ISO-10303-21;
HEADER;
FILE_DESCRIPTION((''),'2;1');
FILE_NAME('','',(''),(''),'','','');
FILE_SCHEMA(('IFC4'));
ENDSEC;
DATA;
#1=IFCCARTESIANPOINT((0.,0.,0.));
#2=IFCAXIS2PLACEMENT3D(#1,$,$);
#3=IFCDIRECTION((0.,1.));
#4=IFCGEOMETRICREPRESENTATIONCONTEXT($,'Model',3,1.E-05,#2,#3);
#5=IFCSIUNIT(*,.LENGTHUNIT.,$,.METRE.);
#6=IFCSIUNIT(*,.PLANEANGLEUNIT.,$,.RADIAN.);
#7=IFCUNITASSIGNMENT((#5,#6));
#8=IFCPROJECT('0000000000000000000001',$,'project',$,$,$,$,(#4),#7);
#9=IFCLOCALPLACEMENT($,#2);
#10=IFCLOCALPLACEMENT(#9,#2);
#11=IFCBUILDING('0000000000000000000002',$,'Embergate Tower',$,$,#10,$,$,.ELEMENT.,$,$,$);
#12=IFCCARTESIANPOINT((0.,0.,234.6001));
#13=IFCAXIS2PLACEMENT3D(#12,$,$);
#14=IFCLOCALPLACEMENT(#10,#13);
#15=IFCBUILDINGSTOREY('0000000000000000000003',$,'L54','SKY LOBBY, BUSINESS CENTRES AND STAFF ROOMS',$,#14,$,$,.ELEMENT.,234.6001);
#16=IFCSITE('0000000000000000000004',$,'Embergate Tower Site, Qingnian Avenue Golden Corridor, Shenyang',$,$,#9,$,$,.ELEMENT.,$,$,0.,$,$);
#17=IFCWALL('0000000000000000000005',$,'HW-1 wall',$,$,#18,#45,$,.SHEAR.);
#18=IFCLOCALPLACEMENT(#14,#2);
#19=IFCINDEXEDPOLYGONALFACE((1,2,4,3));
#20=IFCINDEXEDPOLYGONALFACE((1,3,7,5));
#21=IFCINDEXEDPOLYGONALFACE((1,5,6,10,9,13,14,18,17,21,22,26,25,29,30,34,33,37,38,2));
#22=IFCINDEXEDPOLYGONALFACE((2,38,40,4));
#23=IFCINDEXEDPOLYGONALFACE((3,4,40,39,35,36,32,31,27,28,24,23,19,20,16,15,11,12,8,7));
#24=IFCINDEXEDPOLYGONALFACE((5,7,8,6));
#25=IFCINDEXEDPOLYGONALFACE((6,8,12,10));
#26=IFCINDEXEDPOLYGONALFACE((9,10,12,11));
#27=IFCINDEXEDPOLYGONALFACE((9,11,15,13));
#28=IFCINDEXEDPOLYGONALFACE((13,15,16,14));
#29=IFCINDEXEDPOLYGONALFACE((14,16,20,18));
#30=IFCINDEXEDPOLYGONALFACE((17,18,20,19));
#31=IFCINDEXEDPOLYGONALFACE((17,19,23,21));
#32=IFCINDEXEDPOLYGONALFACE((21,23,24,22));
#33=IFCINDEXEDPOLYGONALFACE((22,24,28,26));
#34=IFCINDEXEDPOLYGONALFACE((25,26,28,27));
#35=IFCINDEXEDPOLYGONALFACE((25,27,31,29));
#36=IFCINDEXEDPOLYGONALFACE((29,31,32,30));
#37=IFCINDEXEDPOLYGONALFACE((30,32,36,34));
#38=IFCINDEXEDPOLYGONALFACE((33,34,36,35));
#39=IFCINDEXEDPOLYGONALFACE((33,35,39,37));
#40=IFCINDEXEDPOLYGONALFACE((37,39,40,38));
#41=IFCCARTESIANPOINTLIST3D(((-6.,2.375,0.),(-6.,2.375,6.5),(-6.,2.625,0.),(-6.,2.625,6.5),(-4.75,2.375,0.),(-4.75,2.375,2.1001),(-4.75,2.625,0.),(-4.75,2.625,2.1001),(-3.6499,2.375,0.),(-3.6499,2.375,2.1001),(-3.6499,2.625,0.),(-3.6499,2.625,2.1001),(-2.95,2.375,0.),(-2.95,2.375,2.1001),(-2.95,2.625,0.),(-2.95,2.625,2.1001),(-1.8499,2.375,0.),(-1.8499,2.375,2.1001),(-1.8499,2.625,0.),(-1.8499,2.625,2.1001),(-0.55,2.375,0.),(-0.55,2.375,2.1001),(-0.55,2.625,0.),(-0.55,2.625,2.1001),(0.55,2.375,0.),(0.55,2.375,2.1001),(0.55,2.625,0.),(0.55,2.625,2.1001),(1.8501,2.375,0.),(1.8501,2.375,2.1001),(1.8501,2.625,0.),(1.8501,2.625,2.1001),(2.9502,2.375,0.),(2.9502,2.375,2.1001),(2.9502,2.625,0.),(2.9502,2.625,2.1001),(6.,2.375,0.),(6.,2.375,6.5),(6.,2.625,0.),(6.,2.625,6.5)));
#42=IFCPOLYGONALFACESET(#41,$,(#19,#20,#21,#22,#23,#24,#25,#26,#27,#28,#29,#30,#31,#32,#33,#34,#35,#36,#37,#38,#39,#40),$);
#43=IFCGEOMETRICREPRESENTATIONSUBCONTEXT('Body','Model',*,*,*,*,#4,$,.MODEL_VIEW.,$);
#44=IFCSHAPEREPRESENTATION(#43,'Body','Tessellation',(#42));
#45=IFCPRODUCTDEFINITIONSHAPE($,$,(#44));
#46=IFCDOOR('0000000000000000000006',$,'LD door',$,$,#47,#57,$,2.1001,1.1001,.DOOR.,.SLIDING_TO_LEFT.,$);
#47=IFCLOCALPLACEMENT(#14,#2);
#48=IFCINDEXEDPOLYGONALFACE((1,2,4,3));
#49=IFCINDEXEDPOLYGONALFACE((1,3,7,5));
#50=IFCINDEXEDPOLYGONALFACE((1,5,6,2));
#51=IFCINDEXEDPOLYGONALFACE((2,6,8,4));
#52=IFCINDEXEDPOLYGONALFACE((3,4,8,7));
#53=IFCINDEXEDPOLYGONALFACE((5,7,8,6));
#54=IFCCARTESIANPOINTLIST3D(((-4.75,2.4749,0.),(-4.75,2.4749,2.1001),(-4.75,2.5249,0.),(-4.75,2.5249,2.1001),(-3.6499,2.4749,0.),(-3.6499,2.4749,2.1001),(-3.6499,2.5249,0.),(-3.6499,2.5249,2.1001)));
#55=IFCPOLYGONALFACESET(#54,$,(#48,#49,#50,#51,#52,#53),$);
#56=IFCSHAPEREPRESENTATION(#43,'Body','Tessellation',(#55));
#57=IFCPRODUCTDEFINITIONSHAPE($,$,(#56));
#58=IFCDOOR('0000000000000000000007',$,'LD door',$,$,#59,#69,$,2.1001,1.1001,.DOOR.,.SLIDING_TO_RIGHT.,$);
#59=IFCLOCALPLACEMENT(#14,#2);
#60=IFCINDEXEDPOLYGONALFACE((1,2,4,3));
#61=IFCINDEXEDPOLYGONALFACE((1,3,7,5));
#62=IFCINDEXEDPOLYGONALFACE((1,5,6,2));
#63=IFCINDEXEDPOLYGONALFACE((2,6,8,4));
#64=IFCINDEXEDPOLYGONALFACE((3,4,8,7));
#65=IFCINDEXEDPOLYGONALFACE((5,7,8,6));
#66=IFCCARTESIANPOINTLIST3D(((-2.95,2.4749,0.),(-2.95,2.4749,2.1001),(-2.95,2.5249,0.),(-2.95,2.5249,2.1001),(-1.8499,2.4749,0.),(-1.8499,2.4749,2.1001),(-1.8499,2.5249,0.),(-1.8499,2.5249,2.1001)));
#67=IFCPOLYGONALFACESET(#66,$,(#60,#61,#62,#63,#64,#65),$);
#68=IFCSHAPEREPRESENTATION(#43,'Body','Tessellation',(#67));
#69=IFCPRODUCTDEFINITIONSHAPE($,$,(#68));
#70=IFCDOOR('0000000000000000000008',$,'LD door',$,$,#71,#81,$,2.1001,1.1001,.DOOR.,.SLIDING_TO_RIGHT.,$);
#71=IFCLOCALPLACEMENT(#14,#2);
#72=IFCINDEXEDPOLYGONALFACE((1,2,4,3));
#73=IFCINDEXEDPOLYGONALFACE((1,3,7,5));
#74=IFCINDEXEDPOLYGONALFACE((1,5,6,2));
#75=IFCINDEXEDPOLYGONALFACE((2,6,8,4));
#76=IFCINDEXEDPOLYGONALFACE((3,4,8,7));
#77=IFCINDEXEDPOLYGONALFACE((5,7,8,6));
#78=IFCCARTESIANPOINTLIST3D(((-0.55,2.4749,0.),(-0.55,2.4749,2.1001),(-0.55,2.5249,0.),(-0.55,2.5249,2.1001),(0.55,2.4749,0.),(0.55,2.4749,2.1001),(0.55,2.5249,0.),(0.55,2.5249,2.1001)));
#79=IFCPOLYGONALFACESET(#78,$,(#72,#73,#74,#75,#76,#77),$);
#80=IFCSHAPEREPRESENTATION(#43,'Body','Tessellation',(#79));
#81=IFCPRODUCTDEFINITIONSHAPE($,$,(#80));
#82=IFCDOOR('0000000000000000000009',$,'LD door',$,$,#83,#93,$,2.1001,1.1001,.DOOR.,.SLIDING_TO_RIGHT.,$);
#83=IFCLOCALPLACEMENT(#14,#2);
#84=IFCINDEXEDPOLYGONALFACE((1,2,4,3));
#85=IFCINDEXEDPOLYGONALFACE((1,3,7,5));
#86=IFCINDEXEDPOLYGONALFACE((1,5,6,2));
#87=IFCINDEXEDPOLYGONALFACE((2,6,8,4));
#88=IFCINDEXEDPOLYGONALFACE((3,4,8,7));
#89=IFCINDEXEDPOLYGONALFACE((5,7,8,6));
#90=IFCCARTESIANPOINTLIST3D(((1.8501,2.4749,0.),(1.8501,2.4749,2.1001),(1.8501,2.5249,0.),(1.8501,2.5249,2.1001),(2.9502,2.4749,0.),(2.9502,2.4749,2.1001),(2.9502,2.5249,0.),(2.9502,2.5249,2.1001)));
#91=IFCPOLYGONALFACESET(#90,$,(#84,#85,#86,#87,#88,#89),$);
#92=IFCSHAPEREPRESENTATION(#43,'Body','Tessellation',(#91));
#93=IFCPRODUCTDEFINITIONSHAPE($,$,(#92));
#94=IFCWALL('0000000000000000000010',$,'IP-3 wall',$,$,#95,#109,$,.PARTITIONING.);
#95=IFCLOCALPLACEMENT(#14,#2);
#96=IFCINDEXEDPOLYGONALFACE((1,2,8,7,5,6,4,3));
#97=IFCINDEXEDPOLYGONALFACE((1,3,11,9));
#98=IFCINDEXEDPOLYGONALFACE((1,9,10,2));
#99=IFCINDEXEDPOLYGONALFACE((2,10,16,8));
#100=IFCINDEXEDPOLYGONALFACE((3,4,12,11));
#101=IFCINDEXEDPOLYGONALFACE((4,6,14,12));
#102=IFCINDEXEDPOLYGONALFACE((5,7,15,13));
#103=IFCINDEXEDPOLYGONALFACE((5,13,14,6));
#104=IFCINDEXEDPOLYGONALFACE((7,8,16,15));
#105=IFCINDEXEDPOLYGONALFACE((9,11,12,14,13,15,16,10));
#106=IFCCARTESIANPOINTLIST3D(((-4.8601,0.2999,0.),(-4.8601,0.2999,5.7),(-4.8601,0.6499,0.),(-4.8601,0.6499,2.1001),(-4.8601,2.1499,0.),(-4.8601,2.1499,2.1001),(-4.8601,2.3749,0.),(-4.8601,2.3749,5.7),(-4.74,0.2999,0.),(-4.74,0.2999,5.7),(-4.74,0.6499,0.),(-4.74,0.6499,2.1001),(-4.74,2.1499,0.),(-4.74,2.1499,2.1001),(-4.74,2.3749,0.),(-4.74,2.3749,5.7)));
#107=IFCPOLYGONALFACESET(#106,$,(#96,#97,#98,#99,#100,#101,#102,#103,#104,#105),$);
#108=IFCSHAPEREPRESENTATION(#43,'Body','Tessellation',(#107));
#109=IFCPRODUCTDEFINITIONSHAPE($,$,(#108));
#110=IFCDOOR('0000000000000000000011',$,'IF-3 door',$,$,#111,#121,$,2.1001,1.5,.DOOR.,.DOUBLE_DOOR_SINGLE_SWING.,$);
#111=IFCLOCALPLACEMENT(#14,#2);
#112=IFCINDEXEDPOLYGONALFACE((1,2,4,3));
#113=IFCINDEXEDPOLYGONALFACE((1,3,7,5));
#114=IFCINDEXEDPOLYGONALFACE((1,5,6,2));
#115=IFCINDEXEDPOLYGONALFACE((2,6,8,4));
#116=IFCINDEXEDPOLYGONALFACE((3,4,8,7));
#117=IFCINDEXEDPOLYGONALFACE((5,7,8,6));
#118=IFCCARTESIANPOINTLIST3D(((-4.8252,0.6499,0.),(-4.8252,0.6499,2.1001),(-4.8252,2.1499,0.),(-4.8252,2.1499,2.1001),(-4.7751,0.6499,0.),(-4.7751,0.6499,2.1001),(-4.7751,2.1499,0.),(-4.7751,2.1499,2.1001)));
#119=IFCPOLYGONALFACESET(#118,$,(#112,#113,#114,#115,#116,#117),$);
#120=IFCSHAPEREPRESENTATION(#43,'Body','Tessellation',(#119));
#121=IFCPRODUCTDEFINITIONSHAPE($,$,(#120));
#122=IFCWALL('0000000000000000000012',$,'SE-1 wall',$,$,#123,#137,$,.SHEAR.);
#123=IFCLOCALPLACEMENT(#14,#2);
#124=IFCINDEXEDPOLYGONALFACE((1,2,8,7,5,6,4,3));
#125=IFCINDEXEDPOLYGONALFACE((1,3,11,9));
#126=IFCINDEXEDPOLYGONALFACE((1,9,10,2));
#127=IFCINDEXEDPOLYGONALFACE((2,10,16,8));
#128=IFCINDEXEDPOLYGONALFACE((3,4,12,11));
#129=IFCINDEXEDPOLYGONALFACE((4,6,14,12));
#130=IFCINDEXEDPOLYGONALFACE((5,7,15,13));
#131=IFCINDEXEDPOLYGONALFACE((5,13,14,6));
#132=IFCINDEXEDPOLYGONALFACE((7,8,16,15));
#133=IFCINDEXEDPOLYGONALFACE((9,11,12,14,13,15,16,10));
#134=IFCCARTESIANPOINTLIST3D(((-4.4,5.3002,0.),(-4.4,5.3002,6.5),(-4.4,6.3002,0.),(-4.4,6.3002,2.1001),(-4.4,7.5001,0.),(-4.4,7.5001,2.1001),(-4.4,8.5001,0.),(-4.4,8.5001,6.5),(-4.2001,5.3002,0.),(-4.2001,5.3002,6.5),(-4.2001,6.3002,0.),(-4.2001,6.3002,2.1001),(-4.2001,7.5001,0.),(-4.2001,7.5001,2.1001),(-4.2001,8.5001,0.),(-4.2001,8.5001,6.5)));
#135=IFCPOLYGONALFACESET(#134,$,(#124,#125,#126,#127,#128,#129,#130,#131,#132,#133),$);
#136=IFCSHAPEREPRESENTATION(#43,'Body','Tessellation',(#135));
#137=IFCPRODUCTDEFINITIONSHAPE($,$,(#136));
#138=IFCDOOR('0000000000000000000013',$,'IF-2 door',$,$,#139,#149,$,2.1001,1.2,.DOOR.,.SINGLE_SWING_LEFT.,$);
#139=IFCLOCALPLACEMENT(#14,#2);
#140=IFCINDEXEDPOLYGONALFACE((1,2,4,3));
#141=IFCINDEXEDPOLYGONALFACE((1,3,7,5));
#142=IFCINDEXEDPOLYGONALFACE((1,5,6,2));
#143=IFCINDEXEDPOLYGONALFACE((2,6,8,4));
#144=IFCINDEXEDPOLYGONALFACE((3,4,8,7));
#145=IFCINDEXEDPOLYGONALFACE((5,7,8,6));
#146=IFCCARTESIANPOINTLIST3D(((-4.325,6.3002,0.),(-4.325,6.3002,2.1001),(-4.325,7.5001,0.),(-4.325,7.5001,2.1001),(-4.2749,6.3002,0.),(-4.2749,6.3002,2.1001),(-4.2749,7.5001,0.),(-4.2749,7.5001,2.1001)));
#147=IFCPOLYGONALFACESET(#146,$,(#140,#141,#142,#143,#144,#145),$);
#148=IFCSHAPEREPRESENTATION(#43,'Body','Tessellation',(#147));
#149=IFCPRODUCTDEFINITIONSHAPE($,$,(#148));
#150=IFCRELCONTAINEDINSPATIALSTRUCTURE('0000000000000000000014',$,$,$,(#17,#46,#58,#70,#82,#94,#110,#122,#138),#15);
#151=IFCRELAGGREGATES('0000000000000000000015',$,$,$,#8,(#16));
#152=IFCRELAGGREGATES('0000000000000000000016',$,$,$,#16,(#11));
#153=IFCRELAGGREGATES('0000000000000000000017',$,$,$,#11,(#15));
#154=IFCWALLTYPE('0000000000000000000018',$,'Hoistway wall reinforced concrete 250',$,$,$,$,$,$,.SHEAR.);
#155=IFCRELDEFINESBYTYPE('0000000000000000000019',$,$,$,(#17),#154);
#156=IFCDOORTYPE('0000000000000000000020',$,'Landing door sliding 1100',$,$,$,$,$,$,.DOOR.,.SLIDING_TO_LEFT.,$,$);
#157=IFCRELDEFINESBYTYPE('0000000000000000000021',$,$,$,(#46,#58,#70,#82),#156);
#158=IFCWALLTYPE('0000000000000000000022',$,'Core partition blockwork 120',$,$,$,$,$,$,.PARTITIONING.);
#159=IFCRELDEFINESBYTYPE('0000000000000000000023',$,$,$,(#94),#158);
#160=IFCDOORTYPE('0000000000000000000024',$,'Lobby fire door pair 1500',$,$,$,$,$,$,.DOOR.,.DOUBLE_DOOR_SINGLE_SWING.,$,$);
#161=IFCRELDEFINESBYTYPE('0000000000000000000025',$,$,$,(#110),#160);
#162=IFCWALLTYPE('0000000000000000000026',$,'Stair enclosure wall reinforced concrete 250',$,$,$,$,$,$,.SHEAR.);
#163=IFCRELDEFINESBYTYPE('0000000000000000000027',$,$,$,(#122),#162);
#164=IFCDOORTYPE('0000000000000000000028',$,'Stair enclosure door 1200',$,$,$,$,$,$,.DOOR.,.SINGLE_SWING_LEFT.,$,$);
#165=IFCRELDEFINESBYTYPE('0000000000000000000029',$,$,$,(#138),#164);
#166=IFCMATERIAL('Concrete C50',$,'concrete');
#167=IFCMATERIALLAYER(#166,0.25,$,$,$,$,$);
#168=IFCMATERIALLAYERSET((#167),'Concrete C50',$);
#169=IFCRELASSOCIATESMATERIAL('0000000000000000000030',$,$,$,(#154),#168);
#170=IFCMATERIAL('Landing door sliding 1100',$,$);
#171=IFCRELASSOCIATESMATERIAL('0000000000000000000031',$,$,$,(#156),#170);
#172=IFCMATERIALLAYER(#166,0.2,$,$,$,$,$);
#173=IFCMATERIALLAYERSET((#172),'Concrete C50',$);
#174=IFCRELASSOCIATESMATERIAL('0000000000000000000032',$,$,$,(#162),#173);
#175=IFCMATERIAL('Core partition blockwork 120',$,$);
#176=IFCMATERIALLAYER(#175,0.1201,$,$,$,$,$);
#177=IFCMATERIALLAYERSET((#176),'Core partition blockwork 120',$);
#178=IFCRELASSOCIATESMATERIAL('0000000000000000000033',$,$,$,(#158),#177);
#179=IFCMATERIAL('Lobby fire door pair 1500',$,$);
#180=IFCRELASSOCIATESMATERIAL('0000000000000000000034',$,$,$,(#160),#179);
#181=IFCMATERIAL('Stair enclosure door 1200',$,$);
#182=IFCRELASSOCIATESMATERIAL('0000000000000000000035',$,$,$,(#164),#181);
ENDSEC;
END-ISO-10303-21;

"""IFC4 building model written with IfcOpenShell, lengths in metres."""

from ifc_helpers import new_model, si_unit, direction, frame, frame_2d, origin, place, context, subcontext, project, spatial, rectangle, extrude, source, transform, mapped, material, layer, layer_set, type_object, element, fill, save


model = new_model("IFC4")

# Units and contexts
model_context = context("Model", 3, precision=1e-05, world=origin(), true_north=direction((0.0, 1.0)))
body_context = subcontext(model_context, "Body", "Model", "MODEL_VIEW")
ifc_project = project(units=[si_unit("LENGTHUNIT", "METRE"), si_unit("PLANEANGLEUNIT", "RADIAN")], contexts=[model_context])

# Site, building, storey
site_placement = place(None, origin())
site = spatial("IfcSite", under=ifc_project, at=site_placement, Name="Embergate Tower Site, Qingnian Avenue Golden Corridor, Shenyang", CompositionType="ELEMENT", RefElevation=0.0)
building_placement = place(site_placement, origin())
building = spatial("IfcBuilding", under=site, at=building_placement, Name="Embergate Tower", CompositionType="ELEMENT")
storey_placement = place(building_placement, frame((0.0, 0.0, 234.6001)))
storey = spatial("IfcBuildingStorey", under=building, at=storey_placement, Name="L54", Description="SKY LOBBY, BUSINESS CENTRES AND STAFF ROOMS", CompositionType="ELEMENT", Elevation=234.6001)

# Shared definitions
ifc_material_1 = material(Name="Concrete C50", Category="concrete")
ifc_layer_1 = layer(ifc_material_1, 0.25)
ifc_layer_set_1 = layer_set([ifc_layer_1], Name="Concrete C50")
wall_type_1 = type_object("IfcWallType", Name="Hoistway wall reinforced concrete 250", PredefinedType="SHEAR", material=ifc_layer_set_1)

# Shared definitions
shared_shape_1 = source(origin(), body_context, "Body", "SweptSolid", [
    extrude(rectangle(XDim=1.1001, YDim=2.1001, at=frame_2d((0.55, 1.05))), frame((0.0, 0.135, 0.0), z_axis=(0.0, -1.0, 0.0), x_axis=(1.0, 0.0, 0.0)), (0.0, 0.0, 1.0), 0.27),
])
ifc_material_2 = material(Name="Landing door sliding 1100")
door_type_1 = type_object("IfcDoorType", Name="Landing door sliding 1100", OperationType="SLIDING_TO_LEFT", PredefinedType="DOOR", material=ifc_material_2)
shared_shape_2 = source(origin(), body_context, "Body", "SweptSolid", [
    extrude(rectangle(XDim=1.1001, YDim=2.1001, at=frame_2d((0.55, 1.05))), frame((0.0, 0.0249, 0.0), z_axis=(0.0, -1.0, 0.0), x_axis=(1.0, 0.0, 0.0)), (0.0, 0.0, 1.0), 0.05),
])

# Shared definitions
ifc_layer_2 = layer(ifc_material_1, 0.2)
ifc_layer_set_2 = layer_set([ifc_layer_2], Name="Concrete C50")
wall_type_2 = type_object("IfcWallType", Name="Stair enclosure wall reinforced concrete 250", PredefinedType="SHEAR", material=ifc_layer_set_2)

# Shared definitions
ifc_material_3 = material(Name="Core partition blockwork 120")
ifc_layer_3 = layer(ifc_material_3, 0.1201)
ifc_layer_set_3 = layer_set([ifc_layer_3], Name="Core partition blockwork 120")
wall_type_3 = type_object("IfcWallType", Name="Core partition blockwork 120", PredefinedType="PARTITIONING", material=ifc_layer_set_3)

# Wall, openings, doors
shared_shape_3 = source(origin(), body_context, "Body", "SweptSolid", [
    extrude(rectangle(XDim=12.0, YDim=0.25, at=frame_2d((6.0, 0.0))), origin(), (0.0, 0.0, 1.0), 6.5),
])
wall_1_placement = place(storey_placement, frame((-6.0, 2.5, 0.0), z_axis=(0.0, 0.0, 1.0), x_axis=(1.0, 0.0, 0.0)))
wall_1 = element("IfcWall", 1, at=wall_1_placement, inside=storey, type_object=wall_type_1, Name="HW-1 wall", PredefinedType="SHEAR", context=body_context, shape_type="MappedRepresentation", body=[
    mapped(shared_shape_3, transform((0.0, 0.0, 0.0))),
])
opening_1_placement = place(wall_1_placement, frame((1.25, 0.0, 0.0)))
opening_1 = element("IfcOpeningElement", 2, at=opening_1_placement, cuts=wall_1, PredefinedType="OPENING", context=body_context, shape_type="MappedRepresentation", body=[
    mapped(shared_shape_1, transform((0.0, 0.0, 0.0))),
])
opening_2_placement = place(wall_1_placement, frame((3.05, 0.0, 0.0)))
opening_2 = element("IfcOpeningElement", 3, at=opening_2_placement, cuts=wall_1, PredefinedType="OPENING", context=body_context, shape_type="MappedRepresentation", body=[
    mapped(shared_shape_1, transform((0.0, 0.0, 0.0))),
])
opening_3_placement = place(wall_1_placement, frame((5.45, 0.0, 0.0)))
opening_3 = element("IfcOpeningElement", 4, at=opening_3_placement, cuts=wall_1, PredefinedType="OPENING", context=body_context, shape_type="MappedRepresentation", body=[
    mapped(shared_shape_1, transform((0.0, 0.0, 0.0))),
])
opening_4_placement = place(wall_1_placement, frame((7.8501, 0.0, 0.0)))
opening_4 = element("IfcOpeningElement", 5, at=opening_4_placement, cuts=wall_1, PredefinedType="OPENING", context=body_context, shape_type="MappedRepresentation", body=[
    mapped(shared_shape_1, transform((0.0, 0.0, 0.0))),
])
door_1_placement = place(opening_1_placement, origin())
door_1 = element("IfcDoor", 6, at=door_1_placement, inside=storey, type_object=door_type_1, Name="LD door", OperationType="SLIDING_TO_LEFT", OverallHeight=2.1001, OverallWidth=1.1001, PredefinedType="DOOR", context=body_context, shape_type="MappedRepresentation", body=[
    mapped(shared_shape_2, transform((0.0, 0.0, 0.0))),
])
fill(opening_1, door_1)
door_2_placement = place(opening_2_placement, origin())
door_2 = element("IfcDoor", 7, at=door_2_placement, inside=storey, type_object=door_type_1, Name="LD door", OperationType="SLIDING_TO_RIGHT", OverallHeight=2.1001, OverallWidth=1.1001, PredefinedType="DOOR", context=body_context, shape_type="MappedRepresentation", body=[
    mapped(shared_shape_2, transform((0.0, 0.0, 0.0))),
])
fill(opening_2, door_2)
door_3_placement = place(opening_3_placement, origin())
door_3 = element("IfcDoor", 8, at=door_3_placement, inside=storey, type_object=door_type_1, Name="LD door", OperationType="SLIDING_TO_RIGHT", OverallHeight=2.1001, OverallWidth=1.1001, PredefinedType="DOOR", context=body_context, shape_type="MappedRepresentation", body=[
    mapped(shared_shape_2, transform((0.0, 0.0, 0.0))),
])
fill(opening_3, door_3)
door_4_placement = place(opening_4_placement, origin())
door_4 = element("IfcDoor", 9, at=door_4_placement, inside=storey, type_object=door_type_1, Name="LD door", OperationType="SLIDING_TO_RIGHT", OverallHeight=2.1001, OverallWidth=1.1001, PredefinedType="DOOR", context=body_context, shape_type="MappedRepresentation", body=[
    mapped(shared_shape_2, transform((0.0, 0.0, 0.0))),
])
fill(opening_4, door_4)

# Walls, openings, doors
shared_shape_4 = source(origin(), body_context, "Body", "SweptSolid", [
    extrude(rectangle(XDim=2.075, YDim=0.1201, at=frame_2d((1.0376, 0.0))), origin(), (0.0, 0.0, 1.0), 5.7),
])
wall_2_placement = place(storey_placement, frame((-4.8, 2.375, 0.0), z_axis=(0.0, 0.0, 1.0), x_axis=(0.0, -1.0, 0.0)))
wall_2 = element("IfcWall", 10, at=wall_2_placement, inside=storey, type_object=wall_type_3, Name="IP-3 wall", PredefinedType="PARTITIONING", context=body_context, shape_type="MappedRepresentation", body=[
    mapped(shared_shape_4, transform((0.0, 0.0, 0.0))),
])
shared_shape_5 = source(origin(), body_context, "Body", "SweptSolid", [
    extrude(rectangle(XDim=1.5, YDim=2.1001, at=frame_2d((0.75, 1.05))), frame((0.0, 0.0701, 0.0), z_axis=(0.0, -1.0, 0.0), x_axis=(1.0, 0.0, 0.0)), (0.0, 0.0, 1.0), 0.1401),
])
opening_5_placement = place(wall_2_placement, frame((0.2251, 0.0, 0.0)))
opening_5 = element("IfcOpeningElement", 11, at=opening_5_placement, cuts=wall_2, PredefinedType="OPENING", context=body_context, shape_type="MappedRepresentation", body=[
    mapped(shared_shape_5, transform((0.0, 0.0, 0.0))),
])
ifc_material_4 = material(Name="Lobby fire door pair 1500")
door_type_2 = type_object("IfcDoorType", Name="Lobby fire door pair 1500", OperationType="DOUBLE_DOOR_SINGLE_SWING", PredefinedType="DOOR", material=ifc_material_4)
shared_shape_6 = source(origin(), body_context, "Body", "SweptSolid", [
    extrude(rectangle(XDim=1.5, YDim=2.1001, at=frame_2d((0.75, 1.05))), frame((0.0, 0.0249, 0.0), z_axis=(0.0, -1.0, 0.0), x_axis=(1.0, 0.0, 0.0)), (0.0, 0.0, 1.0), 0.05),
])
door_5_placement = place(opening_5_placement, origin())
door_5 = element("IfcDoor", 12, at=door_5_placement, inside=storey, type_object=door_type_2, Name="IF-3 door", OperationType="DOUBLE_DOOR_SINGLE_SWING", OverallHeight=2.1001, OverallWidth=1.5, PredefinedType="DOOR", context=body_context, shape_type="MappedRepresentation", body=[
    mapped(shared_shape_6, transform((0.0, 0.0, 0.0))),
])
fill(opening_5, door_5)
shared_shape_7 = source(origin(), body_context, "Body", "SweptSolid", [
    extrude(rectangle(XDim=3.2, YDim=0.2, at=frame_2d((1.6001, 0.0))), origin(), (0.0, 0.0, 1.0), 6.5),
])
wall_3_placement = place(storey_placement, frame((-4.3, 5.3, 0.0), z_axis=(0.0, 0.0, 1.0), x_axis=(0.0, 1.0, 0.0)))
wall_3 = element("IfcWall", 13, at=wall_3_placement, inside=storey, type_object=wall_type_2, Name="SE-1 wall", PredefinedType="SHEAR", context=body_context, shape_type="MappedRepresentation", body=[
    mapped(shared_shape_7, transform((0.0, 0.0, 0.0))),
])
shared_shape_8 = source(origin(), body_context, "Body", "SweptSolid", [
    extrude(rectangle(XDim=1.2, YDim=2.1001, at=frame_2d((0.6001, 1.05))), frame((0.0, 0.1099, 0.0), z_axis=(0.0, -1.0, 0.0), x_axis=(1.0, 0.0, 0.0)), (0.0, 0.0, 1.0), 0.22),
])
opening_6_placement = place(wall_3_placement, frame((1.0, 0.0, 0.0)))
opening_6 = element("IfcOpeningElement", 14, at=opening_6_placement, cuts=wall_3, PredefinedType="OPENING", context=body_context, shape_type="MappedRepresentation", body=[
    mapped(shared_shape_8, transform((0.0, 0.0, 0.0))),
])
ifc_material_5 = material(Name="Stair enclosure door 1200")
door_type_3 = type_object("IfcDoorType", Name="Stair enclosure door 1200", OperationType="SINGLE_SWING_LEFT", PredefinedType="DOOR", material=ifc_material_5)
shared_shape_9 = source(origin(), body_context, "Body", "SweptSolid", [
    extrude(rectangle(XDim=1.2, YDim=2.1001, at=frame_2d((0.6001, 1.05))), frame((0.0, 0.0249, 0.0), z_axis=(0.0, -1.0, 0.0), x_axis=(1.0, 0.0, 0.0)), (0.0, 0.0, 1.0), 0.05),
])
door_6_placement = place(opening_6_placement, origin())
door_6 = element("IfcDoor", 15, at=door_6_placement, inside=storey, type_object=door_type_3, Name="IF-2 door", OperationType="SINGLE_SWING_LEFT", OverallHeight=2.1001, OverallWidth=1.2, PredefinedType="DOOR", context=body_context, shape_type="MappedRepresentation", body=[
    mapped(shared_shape_9, transform((0.0, 0.0, 0.0))),
])
fill(opening_6, door_6)

save(model, "model.ifc")
